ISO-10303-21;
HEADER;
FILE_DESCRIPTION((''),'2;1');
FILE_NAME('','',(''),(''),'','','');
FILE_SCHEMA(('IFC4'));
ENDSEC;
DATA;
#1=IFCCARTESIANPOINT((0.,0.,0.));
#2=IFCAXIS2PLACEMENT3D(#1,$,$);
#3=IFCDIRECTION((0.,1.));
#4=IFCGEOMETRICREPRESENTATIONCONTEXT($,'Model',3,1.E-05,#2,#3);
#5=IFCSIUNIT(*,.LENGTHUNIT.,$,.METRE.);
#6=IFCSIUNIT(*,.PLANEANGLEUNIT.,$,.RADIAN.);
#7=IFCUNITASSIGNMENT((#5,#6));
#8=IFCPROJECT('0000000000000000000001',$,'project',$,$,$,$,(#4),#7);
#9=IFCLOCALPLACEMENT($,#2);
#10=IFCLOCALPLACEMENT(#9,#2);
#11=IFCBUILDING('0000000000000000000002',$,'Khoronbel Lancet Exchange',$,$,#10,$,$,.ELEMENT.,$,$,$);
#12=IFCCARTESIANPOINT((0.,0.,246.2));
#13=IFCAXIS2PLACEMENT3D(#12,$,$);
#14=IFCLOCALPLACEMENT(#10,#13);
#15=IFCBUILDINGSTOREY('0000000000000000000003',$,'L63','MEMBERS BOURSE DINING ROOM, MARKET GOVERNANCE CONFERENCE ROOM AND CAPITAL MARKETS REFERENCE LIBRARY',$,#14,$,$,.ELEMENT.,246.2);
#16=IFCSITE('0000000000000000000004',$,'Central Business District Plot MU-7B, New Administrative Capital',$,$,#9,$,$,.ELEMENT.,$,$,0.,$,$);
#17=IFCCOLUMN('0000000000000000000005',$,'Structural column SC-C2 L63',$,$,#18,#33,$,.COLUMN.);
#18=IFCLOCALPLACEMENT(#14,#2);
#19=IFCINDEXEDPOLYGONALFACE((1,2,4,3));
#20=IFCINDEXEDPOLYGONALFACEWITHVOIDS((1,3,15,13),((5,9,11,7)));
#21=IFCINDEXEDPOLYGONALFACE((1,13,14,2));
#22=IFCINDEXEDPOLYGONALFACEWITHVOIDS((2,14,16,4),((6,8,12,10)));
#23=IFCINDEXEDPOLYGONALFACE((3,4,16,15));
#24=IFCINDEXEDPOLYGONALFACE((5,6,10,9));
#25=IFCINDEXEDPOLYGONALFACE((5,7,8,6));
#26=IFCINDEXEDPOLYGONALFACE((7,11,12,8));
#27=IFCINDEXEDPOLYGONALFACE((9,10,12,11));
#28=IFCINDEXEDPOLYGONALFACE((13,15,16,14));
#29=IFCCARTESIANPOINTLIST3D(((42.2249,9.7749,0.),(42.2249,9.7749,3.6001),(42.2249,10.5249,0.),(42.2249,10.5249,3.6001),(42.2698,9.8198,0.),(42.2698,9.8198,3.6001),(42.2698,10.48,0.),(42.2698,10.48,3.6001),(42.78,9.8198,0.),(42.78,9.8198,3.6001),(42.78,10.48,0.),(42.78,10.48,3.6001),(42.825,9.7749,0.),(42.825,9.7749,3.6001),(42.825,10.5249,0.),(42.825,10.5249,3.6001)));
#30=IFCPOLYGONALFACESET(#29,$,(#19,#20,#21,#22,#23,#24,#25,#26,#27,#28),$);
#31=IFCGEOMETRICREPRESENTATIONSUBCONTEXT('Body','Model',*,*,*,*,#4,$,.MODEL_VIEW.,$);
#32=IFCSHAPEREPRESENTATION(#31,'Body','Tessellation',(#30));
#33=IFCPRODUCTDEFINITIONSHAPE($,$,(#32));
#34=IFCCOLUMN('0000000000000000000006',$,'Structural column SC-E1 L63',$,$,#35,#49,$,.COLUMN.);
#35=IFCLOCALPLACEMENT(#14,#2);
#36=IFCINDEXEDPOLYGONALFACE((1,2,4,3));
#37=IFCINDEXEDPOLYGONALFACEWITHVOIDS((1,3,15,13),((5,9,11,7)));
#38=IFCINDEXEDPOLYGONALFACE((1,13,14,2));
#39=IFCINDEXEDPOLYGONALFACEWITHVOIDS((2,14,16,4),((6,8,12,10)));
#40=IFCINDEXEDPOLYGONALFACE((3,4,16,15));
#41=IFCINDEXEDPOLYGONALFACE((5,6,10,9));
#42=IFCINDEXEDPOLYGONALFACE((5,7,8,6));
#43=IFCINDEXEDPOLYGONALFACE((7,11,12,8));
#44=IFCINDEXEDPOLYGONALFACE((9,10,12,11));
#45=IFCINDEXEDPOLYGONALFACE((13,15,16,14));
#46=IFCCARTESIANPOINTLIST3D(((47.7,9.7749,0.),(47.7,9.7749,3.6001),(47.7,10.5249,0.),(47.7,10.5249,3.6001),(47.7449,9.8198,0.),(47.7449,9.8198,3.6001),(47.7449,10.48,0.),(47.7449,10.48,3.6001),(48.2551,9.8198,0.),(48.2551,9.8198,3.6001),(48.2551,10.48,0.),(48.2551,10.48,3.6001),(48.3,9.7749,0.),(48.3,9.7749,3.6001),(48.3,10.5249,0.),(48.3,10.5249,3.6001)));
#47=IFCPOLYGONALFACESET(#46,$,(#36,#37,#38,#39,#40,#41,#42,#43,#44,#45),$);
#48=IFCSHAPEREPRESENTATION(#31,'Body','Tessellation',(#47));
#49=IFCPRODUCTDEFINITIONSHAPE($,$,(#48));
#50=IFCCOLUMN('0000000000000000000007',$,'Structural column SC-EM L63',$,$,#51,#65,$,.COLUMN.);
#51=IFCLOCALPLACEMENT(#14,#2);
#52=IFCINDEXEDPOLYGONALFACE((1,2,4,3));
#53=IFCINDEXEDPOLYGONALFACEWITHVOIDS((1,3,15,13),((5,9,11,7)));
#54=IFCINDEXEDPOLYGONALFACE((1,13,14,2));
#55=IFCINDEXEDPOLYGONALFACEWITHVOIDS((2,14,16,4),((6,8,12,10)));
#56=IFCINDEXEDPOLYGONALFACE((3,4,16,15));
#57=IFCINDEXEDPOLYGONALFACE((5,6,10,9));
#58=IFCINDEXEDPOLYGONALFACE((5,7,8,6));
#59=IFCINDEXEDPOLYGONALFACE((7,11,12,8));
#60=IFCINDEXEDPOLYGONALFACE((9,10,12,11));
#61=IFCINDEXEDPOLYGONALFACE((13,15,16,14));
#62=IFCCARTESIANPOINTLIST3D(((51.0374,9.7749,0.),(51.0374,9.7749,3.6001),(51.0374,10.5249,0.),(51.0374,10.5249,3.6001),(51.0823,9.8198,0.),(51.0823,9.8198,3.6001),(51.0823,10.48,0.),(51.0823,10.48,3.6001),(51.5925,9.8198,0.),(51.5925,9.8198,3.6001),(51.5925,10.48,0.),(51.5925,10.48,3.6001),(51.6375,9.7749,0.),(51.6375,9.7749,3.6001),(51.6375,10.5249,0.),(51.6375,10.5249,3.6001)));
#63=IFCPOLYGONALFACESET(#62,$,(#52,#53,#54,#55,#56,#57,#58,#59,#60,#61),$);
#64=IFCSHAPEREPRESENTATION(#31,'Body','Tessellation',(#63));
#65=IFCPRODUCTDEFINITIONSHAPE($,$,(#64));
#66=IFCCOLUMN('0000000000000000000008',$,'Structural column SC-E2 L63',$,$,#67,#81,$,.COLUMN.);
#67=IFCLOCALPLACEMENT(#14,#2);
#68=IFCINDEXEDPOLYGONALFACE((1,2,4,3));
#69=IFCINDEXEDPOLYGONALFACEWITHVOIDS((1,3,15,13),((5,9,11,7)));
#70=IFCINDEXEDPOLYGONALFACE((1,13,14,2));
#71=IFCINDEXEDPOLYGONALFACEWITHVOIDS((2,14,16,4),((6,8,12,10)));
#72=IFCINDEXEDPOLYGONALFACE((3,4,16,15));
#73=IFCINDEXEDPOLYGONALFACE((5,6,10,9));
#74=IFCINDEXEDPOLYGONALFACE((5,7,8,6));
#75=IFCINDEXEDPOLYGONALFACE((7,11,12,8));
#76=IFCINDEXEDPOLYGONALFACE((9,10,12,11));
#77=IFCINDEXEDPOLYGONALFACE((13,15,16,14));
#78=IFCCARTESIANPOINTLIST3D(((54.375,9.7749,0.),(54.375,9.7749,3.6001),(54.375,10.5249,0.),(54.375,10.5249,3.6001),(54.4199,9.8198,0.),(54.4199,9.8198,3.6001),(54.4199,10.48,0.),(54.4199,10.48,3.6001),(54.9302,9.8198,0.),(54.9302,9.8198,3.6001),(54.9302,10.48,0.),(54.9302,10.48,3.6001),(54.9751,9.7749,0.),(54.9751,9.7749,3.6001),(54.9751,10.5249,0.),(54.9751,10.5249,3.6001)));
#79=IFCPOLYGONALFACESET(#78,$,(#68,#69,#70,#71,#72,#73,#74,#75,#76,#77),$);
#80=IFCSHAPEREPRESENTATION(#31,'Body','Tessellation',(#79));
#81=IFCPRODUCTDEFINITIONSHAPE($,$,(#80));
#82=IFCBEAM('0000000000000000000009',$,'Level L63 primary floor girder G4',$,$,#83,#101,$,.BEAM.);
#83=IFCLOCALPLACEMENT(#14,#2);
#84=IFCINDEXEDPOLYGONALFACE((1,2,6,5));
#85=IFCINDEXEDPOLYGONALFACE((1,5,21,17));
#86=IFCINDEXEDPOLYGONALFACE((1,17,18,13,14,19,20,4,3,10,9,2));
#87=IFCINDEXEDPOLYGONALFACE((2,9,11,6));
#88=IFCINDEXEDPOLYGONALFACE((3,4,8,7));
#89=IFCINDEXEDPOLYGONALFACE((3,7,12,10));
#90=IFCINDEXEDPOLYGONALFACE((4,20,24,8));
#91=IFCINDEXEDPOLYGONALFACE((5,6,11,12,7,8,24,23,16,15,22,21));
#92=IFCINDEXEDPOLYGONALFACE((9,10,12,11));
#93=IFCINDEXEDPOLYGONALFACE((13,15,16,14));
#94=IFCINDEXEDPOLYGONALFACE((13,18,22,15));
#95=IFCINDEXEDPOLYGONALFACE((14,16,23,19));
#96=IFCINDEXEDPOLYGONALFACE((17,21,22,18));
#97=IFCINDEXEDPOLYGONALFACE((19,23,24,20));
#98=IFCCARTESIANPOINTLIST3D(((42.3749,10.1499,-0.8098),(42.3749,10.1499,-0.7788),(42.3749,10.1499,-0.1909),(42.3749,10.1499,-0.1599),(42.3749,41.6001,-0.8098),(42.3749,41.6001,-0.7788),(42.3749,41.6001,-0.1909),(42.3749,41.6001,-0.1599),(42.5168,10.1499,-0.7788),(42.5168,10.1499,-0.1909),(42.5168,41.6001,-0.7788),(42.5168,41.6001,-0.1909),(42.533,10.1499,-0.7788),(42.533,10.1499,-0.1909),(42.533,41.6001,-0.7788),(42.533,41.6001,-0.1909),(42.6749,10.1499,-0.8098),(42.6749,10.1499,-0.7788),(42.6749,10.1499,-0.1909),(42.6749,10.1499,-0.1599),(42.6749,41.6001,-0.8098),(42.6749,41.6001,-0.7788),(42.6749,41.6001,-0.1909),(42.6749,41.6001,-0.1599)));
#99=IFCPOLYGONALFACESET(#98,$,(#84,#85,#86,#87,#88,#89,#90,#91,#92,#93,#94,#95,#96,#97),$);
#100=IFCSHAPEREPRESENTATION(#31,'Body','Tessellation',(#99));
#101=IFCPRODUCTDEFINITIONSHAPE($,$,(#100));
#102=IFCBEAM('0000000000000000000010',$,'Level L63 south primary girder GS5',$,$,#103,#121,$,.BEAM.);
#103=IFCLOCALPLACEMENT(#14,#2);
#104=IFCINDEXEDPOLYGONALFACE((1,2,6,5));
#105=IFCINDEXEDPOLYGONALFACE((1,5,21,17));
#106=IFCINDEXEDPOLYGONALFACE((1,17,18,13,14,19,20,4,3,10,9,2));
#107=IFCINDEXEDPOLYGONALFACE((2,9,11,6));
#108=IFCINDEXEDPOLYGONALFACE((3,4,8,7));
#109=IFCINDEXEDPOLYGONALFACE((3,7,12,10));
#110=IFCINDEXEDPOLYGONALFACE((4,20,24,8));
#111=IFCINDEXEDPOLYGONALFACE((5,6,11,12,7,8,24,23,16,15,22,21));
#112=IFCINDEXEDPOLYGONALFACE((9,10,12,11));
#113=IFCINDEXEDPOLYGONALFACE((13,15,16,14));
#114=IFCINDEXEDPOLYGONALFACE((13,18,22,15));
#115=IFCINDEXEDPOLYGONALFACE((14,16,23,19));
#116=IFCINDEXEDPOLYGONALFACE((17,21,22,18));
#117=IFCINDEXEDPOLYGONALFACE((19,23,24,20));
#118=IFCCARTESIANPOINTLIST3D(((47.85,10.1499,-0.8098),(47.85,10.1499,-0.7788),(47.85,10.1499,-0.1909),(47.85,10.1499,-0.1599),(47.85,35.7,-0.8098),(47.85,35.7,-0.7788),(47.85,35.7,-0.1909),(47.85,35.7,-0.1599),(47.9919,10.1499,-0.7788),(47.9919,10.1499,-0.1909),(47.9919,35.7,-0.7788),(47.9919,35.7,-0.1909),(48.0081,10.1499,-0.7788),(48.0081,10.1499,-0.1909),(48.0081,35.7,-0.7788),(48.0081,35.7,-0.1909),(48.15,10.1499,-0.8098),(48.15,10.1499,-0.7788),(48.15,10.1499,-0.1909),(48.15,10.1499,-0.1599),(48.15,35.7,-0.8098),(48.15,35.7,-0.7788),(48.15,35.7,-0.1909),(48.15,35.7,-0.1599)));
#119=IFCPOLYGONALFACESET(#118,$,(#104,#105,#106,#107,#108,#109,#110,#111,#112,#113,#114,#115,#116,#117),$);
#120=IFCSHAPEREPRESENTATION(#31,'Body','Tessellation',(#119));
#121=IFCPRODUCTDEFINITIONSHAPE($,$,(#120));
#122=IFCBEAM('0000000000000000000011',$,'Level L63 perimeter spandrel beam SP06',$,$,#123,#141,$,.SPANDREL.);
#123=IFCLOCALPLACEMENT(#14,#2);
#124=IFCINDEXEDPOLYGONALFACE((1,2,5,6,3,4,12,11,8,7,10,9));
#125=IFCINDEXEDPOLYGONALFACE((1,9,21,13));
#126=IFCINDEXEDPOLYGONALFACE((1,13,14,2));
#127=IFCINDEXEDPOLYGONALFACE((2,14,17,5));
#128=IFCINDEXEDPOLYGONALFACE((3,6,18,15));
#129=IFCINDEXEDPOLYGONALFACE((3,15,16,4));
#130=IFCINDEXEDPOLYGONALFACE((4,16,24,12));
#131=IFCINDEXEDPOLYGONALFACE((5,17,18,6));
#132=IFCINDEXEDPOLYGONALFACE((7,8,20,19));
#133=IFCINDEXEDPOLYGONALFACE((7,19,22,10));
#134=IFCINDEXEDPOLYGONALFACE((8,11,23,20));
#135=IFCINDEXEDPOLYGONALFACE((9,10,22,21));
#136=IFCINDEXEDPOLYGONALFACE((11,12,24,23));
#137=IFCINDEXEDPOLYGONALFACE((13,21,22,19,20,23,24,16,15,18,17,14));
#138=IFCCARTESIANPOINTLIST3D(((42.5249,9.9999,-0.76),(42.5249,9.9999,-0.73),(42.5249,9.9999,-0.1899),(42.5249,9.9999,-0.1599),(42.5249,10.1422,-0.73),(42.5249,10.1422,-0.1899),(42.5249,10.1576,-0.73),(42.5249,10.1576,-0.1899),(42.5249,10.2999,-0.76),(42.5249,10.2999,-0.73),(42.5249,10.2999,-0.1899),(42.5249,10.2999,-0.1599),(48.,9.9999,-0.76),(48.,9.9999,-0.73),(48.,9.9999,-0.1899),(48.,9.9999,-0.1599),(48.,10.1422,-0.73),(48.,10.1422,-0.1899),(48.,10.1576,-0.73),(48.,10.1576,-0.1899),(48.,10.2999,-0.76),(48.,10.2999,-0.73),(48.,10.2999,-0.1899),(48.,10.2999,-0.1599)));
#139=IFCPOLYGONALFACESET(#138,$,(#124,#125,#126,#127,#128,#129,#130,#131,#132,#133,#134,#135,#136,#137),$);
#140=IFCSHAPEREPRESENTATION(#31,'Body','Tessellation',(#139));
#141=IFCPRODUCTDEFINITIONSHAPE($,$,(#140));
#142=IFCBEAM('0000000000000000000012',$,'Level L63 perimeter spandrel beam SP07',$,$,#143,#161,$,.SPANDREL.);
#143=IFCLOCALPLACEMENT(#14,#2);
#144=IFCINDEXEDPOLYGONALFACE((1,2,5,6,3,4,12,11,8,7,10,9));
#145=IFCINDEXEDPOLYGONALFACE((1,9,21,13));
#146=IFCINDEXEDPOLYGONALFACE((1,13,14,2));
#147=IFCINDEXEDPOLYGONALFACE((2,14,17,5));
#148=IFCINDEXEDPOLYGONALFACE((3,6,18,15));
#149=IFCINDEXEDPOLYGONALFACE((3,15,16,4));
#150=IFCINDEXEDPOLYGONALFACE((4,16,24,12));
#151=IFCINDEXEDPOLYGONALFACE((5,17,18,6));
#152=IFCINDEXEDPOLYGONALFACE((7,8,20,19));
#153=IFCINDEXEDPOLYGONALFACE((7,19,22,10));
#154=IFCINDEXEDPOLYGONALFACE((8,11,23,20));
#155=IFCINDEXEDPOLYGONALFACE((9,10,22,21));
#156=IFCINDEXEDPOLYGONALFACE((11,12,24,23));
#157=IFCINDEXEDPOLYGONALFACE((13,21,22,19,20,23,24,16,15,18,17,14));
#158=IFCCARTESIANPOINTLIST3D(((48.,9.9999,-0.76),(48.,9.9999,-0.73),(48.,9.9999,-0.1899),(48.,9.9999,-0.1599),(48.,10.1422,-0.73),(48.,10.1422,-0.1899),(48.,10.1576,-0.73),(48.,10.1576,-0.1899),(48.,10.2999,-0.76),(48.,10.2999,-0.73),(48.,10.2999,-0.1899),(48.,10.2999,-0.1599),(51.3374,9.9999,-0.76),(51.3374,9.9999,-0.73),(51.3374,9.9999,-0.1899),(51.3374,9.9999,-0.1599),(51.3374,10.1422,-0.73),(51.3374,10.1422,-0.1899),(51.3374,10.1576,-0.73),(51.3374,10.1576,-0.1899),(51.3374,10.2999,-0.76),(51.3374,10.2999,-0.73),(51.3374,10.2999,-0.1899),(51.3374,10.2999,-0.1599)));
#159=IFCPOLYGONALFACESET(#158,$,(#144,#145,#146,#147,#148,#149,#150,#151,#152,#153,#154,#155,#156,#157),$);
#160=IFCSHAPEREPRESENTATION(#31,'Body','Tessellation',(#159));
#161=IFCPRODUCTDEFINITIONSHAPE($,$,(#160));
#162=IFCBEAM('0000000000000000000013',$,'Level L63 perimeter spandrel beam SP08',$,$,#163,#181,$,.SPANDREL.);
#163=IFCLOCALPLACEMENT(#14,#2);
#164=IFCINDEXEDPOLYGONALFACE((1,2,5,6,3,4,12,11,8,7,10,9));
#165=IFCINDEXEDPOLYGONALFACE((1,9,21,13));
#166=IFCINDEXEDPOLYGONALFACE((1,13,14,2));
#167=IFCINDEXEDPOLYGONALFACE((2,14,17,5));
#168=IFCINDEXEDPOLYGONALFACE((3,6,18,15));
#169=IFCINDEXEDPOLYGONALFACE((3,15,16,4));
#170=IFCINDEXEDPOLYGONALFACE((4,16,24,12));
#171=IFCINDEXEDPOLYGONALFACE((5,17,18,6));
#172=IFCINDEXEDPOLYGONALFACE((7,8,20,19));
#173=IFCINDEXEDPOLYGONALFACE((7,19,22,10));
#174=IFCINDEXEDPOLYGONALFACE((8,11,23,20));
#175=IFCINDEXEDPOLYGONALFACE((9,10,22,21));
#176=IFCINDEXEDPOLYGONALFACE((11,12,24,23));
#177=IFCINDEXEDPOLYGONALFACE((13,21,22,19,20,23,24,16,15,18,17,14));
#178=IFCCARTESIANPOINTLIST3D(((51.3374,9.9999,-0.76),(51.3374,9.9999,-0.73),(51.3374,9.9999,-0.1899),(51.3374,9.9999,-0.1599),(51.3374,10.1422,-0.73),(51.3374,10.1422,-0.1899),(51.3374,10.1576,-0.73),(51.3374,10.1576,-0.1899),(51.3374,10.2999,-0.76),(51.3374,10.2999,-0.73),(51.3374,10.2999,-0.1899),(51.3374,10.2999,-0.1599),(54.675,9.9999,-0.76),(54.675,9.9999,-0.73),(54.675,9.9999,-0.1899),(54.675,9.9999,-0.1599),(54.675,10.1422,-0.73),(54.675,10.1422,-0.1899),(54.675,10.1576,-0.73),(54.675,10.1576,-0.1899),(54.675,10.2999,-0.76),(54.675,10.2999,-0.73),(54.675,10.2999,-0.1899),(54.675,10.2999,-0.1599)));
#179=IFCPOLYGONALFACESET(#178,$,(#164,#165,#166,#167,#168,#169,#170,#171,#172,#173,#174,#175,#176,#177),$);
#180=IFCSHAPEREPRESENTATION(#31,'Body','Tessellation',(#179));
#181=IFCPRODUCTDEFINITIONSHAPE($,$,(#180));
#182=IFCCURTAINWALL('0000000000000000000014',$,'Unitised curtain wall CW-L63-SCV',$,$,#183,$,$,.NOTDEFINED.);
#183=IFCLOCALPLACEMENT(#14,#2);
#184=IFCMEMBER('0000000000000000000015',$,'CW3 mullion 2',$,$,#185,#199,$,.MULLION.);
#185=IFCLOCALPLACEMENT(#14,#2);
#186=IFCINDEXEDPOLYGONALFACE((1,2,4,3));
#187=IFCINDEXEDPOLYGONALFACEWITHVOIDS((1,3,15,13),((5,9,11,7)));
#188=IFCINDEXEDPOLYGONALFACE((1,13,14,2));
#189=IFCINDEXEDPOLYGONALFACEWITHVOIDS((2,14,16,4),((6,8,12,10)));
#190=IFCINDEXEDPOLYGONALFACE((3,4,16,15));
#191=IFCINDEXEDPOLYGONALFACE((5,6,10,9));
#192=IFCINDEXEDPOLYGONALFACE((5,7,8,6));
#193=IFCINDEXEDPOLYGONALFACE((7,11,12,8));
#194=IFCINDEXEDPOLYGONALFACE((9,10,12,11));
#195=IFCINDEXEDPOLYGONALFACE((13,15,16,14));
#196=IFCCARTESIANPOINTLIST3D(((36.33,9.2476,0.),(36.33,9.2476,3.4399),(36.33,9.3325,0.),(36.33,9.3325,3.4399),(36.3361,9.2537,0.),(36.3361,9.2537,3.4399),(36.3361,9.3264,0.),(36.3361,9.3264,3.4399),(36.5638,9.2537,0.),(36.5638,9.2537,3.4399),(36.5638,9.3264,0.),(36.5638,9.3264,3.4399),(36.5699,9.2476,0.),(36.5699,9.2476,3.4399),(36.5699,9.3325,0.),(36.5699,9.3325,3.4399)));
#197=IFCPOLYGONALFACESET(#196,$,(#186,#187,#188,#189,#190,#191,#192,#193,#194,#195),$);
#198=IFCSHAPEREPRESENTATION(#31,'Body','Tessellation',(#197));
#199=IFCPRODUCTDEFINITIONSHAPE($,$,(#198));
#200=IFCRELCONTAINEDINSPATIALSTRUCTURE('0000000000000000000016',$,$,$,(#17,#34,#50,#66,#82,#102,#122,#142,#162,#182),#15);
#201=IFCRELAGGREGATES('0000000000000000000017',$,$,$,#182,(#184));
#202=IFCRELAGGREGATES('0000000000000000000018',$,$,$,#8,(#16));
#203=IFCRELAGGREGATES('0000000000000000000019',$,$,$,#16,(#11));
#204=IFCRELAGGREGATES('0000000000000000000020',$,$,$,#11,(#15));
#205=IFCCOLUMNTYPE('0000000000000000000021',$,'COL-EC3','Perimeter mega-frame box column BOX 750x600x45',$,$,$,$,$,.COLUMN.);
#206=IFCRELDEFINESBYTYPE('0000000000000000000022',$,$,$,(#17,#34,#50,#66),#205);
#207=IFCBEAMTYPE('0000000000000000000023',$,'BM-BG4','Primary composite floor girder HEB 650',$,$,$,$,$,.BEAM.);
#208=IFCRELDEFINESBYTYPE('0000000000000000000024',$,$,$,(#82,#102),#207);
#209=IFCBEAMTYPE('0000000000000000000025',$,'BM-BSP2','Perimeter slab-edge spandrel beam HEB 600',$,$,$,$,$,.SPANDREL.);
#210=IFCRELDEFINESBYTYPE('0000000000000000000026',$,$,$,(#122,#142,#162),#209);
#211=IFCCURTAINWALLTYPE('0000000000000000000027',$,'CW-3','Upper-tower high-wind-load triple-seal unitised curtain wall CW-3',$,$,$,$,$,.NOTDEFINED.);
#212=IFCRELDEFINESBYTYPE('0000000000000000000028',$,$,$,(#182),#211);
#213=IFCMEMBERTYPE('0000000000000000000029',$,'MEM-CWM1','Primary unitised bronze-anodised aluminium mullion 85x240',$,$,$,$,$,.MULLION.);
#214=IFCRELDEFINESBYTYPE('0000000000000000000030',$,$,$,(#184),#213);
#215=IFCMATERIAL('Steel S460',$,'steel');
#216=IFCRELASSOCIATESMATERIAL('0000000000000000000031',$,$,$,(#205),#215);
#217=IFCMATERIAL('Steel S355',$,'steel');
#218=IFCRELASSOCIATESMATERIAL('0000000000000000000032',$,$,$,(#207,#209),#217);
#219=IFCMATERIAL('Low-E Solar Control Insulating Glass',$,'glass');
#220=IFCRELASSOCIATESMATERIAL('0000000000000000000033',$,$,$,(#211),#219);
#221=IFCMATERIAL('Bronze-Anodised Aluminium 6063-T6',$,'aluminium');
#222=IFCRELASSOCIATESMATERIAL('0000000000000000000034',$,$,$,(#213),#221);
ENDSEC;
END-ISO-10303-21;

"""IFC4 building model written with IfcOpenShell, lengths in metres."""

from ifc_helpers import new_model, si_unit, direction, frame, origin, origin_2d, place, context, subcontext, project, spatial, hollow_rectangle, i_section, extrude, material, material_profile, profile_set, type_object, element, aggregate, save


model = new_model("IFC4")

# Units and contexts
model_context = context("Model", 3, precision=1e-05, world=origin(), true_north=direction((0.0, 1.0)))
body_context = subcontext(model_context, "Body", "Model", "MODEL_VIEW")
ifc_project = project(units=[si_unit("LENGTHUNIT", "METRE"), si_unit("PLANEANGLEUNIT", "RADIAN")], contexts=[model_context])

# Site, building, storey
site_placement = place(None, origin())
site = spatial("IfcSite", under=ifc_project, at=site_placement, Name="Central Business District Plot MU-7B, New Administrative Capital", CompositionType="ELEMENT", RefElevation=0.0)
building_placement = place(site_placement, origin())
building = spatial("IfcBuilding", under=site, at=building_placement, Name="Khoronbel Lancet Exchange", CompositionType="ELEMENT")
storey_placement = place(building_placement, frame((0.0, 0.0, 246.2)))
storey = spatial("IfcBuildingStorey", under=building, at=storey_placement, Name="L63", Description="MEMBERS BOURSE DINING ROOM, MARKET GOVERNANCE CONFERENCE ROOM AND CAPITAL MARKETS REFERENCE LIBRARY", CompositionType="ELEMENT", Elevation=246.2)

# Columns
ifc_material_1 = material(Name="Steel S460", Category="steel")
ifc_material_profile_1 = material_profile(ifc_material_1, hollow_rectangle(XDim=0.6001, YDim=0.75, WallThickness=0.0449, at=origin_2d()), Name="BOX 750x600x45")
ifc_profile_set_1 = profile_set([ifc_material_profile_1], Name="Steel S460")
column_type = type_object("IfcColumnType", Name="COL-EC3", Description="Perimeter mega-frame box column BOX 750x600x45", PredefinedType="COLUMN", material=ifc_profile_set_1)
for number, where, z_axis, x_axis, name in (
    (1, (42.5249, 10.1499, 0.0), (0.0, 0.0, 1.0), (1.0, 0.0, 0.0), "Structural column SC-C2 L63"),
    (2, (48.0, 10.1499, 0.0), (0.0, 0.0, 1.0), (1.0, 0.0, 0.0), "Structural column SC-E1 L63"),
    (3, (51.3374, 10.1499, 0.0), (0.0, 0.0, 1.0), (1.0, 0.0, 0.0), "Structural column SC-EM L63"),
    (4, (54.675, 10.1499, 0.0), (0.0, 0.0, 1.0), (1.0, 0.0, 0.0), "Structural column SC-E2 L63"),
):
    element("IfcColumn", number, at=place(storey_placement, frame(where, z_axis=z_axis, x_axis=x_axis)), inside=storey, type_object=column_type, Name=name, PredefinedType="COLUMN", context=body_context, shape_type="SweptSolid", body=[
        extrude(hollow_rectangle(XDim=0.6001, YDim=0.75, WallThickness=0.0449, at=origin_2d()), origin(), (0.0, 0.0, 1.0), 3.6001),
    ])

# Beams
ifc_material_2 = material(Name="Steel S355", Category="steel")
ifc_material_profile_2 = material_profile(ifc_material_2, i_section(OverallWidth=0.3, OverallDepth=0.6499, WebThickness=0.0161, FlangeThickness=0.031, at=origin_2d()), Name="HEB 650")
ifc_profile_set_2 = profile_set([ifc_material_profile_2], Name="Steel S355")
beam_type_1 = type_object("IfcBeamType", Name="BM-BG4", Description="Primary composite floor girder HEB 650", PredefinedType="BEAM", material=ifc_profile_set_2)
beam_1_placement = place(storey_placement, frame((42.5249, 10.1499, -0.4849), z_axis=(0.0, 1.0, 0.0), x_axis=(-1.0, 0.0, 0.0)))
element("IfcBeam", 5, at=beam_1_placement, inside=storey, type_object=beam_type_1, Name="Level L63 primary floor girder G4", PredefinedType="BEAM", context=body_context, shape_type="SweptSolid", body=[
    extrude(i_section(OverallWidth=0.3, OverallDepth=0.6499, WebThickness=0.0161, FlangeThickness=0.031, at=origin_2d()), origin(), (0.0, 0.0, 1.0), 31.4502),
])
beam_2_placement = place(storey_placement, frame((48.0, 10.1499, -0.4849), z_axis=(0.0, 1.0, 0.0), x_axis=(-1.0, 0.0, 0.0)))
element("IfcBeam", 6, at=beam_2_placement, inside=storey, type_object=beam_type_1, Name="Level L63 south primary girder GS5", PredefinedType="BEAM", context=body_context, shape_type="SweptSolid", body=[
    extrude(i_section(OverallWidth=0.3, OverallDepth=0.6499, WebThickness=0.0161, FlangeThickness=0.031, at=origin_2d()), origin(), (0.0, 0.0, 1.0), 25.55),
])
ifc_material_profile_3 = material_profile(ifc_material_2, i_section(OverallWidth=0.3, OverallDepth=0.6001, WebThickness=0.0154, FlangeThickness=0.03, at=origin_2d()), Name="HEB 600")
ifc_profile_set_3 = profile_set([ifc_material_profile_3], Name="Steel S355")
beam_type_2 = type_object("IfcBeamType", Name="BM-BSP2", Description="Perimeter slab-edge spandrel beam HEB 600", PredefinedType="SPANDREL", material=ifc_profile_set_3)
beam_3_placement = place(storey_placement, frame((42.5249, 10.1499, -0.46), z_axis=(1.0, 0.0, 0.0), x_axis=(0.0, 1.0, 0.0)))
element("IfcBeam", 7, at=beam_3_placement, inside=storey, type_object=beam_type_2, Name="Level L63 perimeter spandrel beam SP06", PredefinedType="SPANDREL", context=body_context, shape_type="SweptSolid", body=[
    extrude(i_section(OverallWidth=0.3, OverallDepth=0.6001, WebThickness=0.0154, FlangeThickness=0.03, at=origin_2d()), origin(), (0.0, 0.0, 1.0), 5.4751),
])
beam_4_placement = place(storey_placement, frame((48.0, 10.1499, -0.46), z_axis=(1.0, 0.0, 0.0), x_axis=(0.0, 1.0, 0.0)))
element("IfcBeam", 8, at=beam_4_placement, inside=storey, type_object=beam_type_2, Name="Level L63 perimeter spandrel beam SP07", PredefinedType="SPANDREL", context=body_context, shape_type="SweptSolid", body=[
    extrude(i_section(OverallWidth=0.3, OverallDepth=0.6001, WebThickness=0.0154, FlangeThickness=0.03, at=origin_2d()), origin(), (0.0, 0.0, 1.0), 3.3374),
])
beam_5_placement = place(storey_placement, frame((51.3374, 10.1499, -0.46), z_axis=(1.0, 0.0, 0.0), x_axis=(0.0, 1.0, 0.0)))
element("IfcBeam", 9, at=beam_5_placement, inside=storey, type_object=beam_type_2, Name="Level L63 perimeter spandrel beam SP08", PredefinedType="SPANDREL", context=body_context, shape_type="SweptSolid", body=[
    extrude(i_section(OverallWidth=0.3, OverallDepth=0.6001, WebThickness=0.0154, FlangeThickness=0.03, at=origin_2d()), origin(), (0.0, 0.0, 1.0), 3.3376),
])

# Curtain wall, member
ifc_material_3 = material(Name="Low-E Solar Control Insulating Glass", Category="glass")
curtain_wall_type = type_object("IfcCurtainWallType", Name="CW-3", Description="Upper-tower high-wind-load triple-seal unitised curtain wall CW-3", PredefinedType="NOTDEFINED", material=ifc_material_3)
curtain_wall_1_placement = place(storey_placement, origin())
curtain_wall_1 = element("IfcCurtainWall", 10, at=curtain_wall_1_placement, inside=storey, type_object=curtain_wall_type, Name="Unitised curtain wall CW-L63-SCV", PredefinedType="NOTDEFINED")
ifc_material_4 = material(Name="Bronze-Anodised Aluminium 6063-T6", Category="aluminium")
ifc_material_profile_4 = material_profile(ifc_material_4, hollow_rectangle(XDim=0.085, YDim=0.24, WallThickness=0.0061, at=origin_2d()), Name="ALU MULLION 85x240")
ifc_profile_set_4 = profile_set([ifc_material_profile_4], Name="Bronze-Anodised Aluminium 6063-T6")
member_type_1 = type_object("IfcMemberType", Name="MEM-CWM1", Description="Primary unitised bronze-anodised aluminium mullion 85x240", PredefinedType="MULLION", material=ifc_profile_set_4)
member_1_placement = place(storey_placement, frame((36.45, 9.29, 0.0), z_axis=(0.0, 0.0, 1.0), x_axis=(0.0, 1.0, 0.0)))
member_1 = element("IfcMember", 11, at=member_1_placement, type_object=member_type_1, Name="CW3 mullion 2", PredefinedType="MULLION", context=body_context, shape_type="SweptSolid", body=[
    extrude(hollow_rectangle(XDim=0.085, YDim=0.24, WallThickness=0.0061, at=origin_2d()), origin(), (0.0, 0.0, 1.0), 3.4399),
])

aggregate(curtain_wall_1, [member_1])

save(model, "model.ifc")
